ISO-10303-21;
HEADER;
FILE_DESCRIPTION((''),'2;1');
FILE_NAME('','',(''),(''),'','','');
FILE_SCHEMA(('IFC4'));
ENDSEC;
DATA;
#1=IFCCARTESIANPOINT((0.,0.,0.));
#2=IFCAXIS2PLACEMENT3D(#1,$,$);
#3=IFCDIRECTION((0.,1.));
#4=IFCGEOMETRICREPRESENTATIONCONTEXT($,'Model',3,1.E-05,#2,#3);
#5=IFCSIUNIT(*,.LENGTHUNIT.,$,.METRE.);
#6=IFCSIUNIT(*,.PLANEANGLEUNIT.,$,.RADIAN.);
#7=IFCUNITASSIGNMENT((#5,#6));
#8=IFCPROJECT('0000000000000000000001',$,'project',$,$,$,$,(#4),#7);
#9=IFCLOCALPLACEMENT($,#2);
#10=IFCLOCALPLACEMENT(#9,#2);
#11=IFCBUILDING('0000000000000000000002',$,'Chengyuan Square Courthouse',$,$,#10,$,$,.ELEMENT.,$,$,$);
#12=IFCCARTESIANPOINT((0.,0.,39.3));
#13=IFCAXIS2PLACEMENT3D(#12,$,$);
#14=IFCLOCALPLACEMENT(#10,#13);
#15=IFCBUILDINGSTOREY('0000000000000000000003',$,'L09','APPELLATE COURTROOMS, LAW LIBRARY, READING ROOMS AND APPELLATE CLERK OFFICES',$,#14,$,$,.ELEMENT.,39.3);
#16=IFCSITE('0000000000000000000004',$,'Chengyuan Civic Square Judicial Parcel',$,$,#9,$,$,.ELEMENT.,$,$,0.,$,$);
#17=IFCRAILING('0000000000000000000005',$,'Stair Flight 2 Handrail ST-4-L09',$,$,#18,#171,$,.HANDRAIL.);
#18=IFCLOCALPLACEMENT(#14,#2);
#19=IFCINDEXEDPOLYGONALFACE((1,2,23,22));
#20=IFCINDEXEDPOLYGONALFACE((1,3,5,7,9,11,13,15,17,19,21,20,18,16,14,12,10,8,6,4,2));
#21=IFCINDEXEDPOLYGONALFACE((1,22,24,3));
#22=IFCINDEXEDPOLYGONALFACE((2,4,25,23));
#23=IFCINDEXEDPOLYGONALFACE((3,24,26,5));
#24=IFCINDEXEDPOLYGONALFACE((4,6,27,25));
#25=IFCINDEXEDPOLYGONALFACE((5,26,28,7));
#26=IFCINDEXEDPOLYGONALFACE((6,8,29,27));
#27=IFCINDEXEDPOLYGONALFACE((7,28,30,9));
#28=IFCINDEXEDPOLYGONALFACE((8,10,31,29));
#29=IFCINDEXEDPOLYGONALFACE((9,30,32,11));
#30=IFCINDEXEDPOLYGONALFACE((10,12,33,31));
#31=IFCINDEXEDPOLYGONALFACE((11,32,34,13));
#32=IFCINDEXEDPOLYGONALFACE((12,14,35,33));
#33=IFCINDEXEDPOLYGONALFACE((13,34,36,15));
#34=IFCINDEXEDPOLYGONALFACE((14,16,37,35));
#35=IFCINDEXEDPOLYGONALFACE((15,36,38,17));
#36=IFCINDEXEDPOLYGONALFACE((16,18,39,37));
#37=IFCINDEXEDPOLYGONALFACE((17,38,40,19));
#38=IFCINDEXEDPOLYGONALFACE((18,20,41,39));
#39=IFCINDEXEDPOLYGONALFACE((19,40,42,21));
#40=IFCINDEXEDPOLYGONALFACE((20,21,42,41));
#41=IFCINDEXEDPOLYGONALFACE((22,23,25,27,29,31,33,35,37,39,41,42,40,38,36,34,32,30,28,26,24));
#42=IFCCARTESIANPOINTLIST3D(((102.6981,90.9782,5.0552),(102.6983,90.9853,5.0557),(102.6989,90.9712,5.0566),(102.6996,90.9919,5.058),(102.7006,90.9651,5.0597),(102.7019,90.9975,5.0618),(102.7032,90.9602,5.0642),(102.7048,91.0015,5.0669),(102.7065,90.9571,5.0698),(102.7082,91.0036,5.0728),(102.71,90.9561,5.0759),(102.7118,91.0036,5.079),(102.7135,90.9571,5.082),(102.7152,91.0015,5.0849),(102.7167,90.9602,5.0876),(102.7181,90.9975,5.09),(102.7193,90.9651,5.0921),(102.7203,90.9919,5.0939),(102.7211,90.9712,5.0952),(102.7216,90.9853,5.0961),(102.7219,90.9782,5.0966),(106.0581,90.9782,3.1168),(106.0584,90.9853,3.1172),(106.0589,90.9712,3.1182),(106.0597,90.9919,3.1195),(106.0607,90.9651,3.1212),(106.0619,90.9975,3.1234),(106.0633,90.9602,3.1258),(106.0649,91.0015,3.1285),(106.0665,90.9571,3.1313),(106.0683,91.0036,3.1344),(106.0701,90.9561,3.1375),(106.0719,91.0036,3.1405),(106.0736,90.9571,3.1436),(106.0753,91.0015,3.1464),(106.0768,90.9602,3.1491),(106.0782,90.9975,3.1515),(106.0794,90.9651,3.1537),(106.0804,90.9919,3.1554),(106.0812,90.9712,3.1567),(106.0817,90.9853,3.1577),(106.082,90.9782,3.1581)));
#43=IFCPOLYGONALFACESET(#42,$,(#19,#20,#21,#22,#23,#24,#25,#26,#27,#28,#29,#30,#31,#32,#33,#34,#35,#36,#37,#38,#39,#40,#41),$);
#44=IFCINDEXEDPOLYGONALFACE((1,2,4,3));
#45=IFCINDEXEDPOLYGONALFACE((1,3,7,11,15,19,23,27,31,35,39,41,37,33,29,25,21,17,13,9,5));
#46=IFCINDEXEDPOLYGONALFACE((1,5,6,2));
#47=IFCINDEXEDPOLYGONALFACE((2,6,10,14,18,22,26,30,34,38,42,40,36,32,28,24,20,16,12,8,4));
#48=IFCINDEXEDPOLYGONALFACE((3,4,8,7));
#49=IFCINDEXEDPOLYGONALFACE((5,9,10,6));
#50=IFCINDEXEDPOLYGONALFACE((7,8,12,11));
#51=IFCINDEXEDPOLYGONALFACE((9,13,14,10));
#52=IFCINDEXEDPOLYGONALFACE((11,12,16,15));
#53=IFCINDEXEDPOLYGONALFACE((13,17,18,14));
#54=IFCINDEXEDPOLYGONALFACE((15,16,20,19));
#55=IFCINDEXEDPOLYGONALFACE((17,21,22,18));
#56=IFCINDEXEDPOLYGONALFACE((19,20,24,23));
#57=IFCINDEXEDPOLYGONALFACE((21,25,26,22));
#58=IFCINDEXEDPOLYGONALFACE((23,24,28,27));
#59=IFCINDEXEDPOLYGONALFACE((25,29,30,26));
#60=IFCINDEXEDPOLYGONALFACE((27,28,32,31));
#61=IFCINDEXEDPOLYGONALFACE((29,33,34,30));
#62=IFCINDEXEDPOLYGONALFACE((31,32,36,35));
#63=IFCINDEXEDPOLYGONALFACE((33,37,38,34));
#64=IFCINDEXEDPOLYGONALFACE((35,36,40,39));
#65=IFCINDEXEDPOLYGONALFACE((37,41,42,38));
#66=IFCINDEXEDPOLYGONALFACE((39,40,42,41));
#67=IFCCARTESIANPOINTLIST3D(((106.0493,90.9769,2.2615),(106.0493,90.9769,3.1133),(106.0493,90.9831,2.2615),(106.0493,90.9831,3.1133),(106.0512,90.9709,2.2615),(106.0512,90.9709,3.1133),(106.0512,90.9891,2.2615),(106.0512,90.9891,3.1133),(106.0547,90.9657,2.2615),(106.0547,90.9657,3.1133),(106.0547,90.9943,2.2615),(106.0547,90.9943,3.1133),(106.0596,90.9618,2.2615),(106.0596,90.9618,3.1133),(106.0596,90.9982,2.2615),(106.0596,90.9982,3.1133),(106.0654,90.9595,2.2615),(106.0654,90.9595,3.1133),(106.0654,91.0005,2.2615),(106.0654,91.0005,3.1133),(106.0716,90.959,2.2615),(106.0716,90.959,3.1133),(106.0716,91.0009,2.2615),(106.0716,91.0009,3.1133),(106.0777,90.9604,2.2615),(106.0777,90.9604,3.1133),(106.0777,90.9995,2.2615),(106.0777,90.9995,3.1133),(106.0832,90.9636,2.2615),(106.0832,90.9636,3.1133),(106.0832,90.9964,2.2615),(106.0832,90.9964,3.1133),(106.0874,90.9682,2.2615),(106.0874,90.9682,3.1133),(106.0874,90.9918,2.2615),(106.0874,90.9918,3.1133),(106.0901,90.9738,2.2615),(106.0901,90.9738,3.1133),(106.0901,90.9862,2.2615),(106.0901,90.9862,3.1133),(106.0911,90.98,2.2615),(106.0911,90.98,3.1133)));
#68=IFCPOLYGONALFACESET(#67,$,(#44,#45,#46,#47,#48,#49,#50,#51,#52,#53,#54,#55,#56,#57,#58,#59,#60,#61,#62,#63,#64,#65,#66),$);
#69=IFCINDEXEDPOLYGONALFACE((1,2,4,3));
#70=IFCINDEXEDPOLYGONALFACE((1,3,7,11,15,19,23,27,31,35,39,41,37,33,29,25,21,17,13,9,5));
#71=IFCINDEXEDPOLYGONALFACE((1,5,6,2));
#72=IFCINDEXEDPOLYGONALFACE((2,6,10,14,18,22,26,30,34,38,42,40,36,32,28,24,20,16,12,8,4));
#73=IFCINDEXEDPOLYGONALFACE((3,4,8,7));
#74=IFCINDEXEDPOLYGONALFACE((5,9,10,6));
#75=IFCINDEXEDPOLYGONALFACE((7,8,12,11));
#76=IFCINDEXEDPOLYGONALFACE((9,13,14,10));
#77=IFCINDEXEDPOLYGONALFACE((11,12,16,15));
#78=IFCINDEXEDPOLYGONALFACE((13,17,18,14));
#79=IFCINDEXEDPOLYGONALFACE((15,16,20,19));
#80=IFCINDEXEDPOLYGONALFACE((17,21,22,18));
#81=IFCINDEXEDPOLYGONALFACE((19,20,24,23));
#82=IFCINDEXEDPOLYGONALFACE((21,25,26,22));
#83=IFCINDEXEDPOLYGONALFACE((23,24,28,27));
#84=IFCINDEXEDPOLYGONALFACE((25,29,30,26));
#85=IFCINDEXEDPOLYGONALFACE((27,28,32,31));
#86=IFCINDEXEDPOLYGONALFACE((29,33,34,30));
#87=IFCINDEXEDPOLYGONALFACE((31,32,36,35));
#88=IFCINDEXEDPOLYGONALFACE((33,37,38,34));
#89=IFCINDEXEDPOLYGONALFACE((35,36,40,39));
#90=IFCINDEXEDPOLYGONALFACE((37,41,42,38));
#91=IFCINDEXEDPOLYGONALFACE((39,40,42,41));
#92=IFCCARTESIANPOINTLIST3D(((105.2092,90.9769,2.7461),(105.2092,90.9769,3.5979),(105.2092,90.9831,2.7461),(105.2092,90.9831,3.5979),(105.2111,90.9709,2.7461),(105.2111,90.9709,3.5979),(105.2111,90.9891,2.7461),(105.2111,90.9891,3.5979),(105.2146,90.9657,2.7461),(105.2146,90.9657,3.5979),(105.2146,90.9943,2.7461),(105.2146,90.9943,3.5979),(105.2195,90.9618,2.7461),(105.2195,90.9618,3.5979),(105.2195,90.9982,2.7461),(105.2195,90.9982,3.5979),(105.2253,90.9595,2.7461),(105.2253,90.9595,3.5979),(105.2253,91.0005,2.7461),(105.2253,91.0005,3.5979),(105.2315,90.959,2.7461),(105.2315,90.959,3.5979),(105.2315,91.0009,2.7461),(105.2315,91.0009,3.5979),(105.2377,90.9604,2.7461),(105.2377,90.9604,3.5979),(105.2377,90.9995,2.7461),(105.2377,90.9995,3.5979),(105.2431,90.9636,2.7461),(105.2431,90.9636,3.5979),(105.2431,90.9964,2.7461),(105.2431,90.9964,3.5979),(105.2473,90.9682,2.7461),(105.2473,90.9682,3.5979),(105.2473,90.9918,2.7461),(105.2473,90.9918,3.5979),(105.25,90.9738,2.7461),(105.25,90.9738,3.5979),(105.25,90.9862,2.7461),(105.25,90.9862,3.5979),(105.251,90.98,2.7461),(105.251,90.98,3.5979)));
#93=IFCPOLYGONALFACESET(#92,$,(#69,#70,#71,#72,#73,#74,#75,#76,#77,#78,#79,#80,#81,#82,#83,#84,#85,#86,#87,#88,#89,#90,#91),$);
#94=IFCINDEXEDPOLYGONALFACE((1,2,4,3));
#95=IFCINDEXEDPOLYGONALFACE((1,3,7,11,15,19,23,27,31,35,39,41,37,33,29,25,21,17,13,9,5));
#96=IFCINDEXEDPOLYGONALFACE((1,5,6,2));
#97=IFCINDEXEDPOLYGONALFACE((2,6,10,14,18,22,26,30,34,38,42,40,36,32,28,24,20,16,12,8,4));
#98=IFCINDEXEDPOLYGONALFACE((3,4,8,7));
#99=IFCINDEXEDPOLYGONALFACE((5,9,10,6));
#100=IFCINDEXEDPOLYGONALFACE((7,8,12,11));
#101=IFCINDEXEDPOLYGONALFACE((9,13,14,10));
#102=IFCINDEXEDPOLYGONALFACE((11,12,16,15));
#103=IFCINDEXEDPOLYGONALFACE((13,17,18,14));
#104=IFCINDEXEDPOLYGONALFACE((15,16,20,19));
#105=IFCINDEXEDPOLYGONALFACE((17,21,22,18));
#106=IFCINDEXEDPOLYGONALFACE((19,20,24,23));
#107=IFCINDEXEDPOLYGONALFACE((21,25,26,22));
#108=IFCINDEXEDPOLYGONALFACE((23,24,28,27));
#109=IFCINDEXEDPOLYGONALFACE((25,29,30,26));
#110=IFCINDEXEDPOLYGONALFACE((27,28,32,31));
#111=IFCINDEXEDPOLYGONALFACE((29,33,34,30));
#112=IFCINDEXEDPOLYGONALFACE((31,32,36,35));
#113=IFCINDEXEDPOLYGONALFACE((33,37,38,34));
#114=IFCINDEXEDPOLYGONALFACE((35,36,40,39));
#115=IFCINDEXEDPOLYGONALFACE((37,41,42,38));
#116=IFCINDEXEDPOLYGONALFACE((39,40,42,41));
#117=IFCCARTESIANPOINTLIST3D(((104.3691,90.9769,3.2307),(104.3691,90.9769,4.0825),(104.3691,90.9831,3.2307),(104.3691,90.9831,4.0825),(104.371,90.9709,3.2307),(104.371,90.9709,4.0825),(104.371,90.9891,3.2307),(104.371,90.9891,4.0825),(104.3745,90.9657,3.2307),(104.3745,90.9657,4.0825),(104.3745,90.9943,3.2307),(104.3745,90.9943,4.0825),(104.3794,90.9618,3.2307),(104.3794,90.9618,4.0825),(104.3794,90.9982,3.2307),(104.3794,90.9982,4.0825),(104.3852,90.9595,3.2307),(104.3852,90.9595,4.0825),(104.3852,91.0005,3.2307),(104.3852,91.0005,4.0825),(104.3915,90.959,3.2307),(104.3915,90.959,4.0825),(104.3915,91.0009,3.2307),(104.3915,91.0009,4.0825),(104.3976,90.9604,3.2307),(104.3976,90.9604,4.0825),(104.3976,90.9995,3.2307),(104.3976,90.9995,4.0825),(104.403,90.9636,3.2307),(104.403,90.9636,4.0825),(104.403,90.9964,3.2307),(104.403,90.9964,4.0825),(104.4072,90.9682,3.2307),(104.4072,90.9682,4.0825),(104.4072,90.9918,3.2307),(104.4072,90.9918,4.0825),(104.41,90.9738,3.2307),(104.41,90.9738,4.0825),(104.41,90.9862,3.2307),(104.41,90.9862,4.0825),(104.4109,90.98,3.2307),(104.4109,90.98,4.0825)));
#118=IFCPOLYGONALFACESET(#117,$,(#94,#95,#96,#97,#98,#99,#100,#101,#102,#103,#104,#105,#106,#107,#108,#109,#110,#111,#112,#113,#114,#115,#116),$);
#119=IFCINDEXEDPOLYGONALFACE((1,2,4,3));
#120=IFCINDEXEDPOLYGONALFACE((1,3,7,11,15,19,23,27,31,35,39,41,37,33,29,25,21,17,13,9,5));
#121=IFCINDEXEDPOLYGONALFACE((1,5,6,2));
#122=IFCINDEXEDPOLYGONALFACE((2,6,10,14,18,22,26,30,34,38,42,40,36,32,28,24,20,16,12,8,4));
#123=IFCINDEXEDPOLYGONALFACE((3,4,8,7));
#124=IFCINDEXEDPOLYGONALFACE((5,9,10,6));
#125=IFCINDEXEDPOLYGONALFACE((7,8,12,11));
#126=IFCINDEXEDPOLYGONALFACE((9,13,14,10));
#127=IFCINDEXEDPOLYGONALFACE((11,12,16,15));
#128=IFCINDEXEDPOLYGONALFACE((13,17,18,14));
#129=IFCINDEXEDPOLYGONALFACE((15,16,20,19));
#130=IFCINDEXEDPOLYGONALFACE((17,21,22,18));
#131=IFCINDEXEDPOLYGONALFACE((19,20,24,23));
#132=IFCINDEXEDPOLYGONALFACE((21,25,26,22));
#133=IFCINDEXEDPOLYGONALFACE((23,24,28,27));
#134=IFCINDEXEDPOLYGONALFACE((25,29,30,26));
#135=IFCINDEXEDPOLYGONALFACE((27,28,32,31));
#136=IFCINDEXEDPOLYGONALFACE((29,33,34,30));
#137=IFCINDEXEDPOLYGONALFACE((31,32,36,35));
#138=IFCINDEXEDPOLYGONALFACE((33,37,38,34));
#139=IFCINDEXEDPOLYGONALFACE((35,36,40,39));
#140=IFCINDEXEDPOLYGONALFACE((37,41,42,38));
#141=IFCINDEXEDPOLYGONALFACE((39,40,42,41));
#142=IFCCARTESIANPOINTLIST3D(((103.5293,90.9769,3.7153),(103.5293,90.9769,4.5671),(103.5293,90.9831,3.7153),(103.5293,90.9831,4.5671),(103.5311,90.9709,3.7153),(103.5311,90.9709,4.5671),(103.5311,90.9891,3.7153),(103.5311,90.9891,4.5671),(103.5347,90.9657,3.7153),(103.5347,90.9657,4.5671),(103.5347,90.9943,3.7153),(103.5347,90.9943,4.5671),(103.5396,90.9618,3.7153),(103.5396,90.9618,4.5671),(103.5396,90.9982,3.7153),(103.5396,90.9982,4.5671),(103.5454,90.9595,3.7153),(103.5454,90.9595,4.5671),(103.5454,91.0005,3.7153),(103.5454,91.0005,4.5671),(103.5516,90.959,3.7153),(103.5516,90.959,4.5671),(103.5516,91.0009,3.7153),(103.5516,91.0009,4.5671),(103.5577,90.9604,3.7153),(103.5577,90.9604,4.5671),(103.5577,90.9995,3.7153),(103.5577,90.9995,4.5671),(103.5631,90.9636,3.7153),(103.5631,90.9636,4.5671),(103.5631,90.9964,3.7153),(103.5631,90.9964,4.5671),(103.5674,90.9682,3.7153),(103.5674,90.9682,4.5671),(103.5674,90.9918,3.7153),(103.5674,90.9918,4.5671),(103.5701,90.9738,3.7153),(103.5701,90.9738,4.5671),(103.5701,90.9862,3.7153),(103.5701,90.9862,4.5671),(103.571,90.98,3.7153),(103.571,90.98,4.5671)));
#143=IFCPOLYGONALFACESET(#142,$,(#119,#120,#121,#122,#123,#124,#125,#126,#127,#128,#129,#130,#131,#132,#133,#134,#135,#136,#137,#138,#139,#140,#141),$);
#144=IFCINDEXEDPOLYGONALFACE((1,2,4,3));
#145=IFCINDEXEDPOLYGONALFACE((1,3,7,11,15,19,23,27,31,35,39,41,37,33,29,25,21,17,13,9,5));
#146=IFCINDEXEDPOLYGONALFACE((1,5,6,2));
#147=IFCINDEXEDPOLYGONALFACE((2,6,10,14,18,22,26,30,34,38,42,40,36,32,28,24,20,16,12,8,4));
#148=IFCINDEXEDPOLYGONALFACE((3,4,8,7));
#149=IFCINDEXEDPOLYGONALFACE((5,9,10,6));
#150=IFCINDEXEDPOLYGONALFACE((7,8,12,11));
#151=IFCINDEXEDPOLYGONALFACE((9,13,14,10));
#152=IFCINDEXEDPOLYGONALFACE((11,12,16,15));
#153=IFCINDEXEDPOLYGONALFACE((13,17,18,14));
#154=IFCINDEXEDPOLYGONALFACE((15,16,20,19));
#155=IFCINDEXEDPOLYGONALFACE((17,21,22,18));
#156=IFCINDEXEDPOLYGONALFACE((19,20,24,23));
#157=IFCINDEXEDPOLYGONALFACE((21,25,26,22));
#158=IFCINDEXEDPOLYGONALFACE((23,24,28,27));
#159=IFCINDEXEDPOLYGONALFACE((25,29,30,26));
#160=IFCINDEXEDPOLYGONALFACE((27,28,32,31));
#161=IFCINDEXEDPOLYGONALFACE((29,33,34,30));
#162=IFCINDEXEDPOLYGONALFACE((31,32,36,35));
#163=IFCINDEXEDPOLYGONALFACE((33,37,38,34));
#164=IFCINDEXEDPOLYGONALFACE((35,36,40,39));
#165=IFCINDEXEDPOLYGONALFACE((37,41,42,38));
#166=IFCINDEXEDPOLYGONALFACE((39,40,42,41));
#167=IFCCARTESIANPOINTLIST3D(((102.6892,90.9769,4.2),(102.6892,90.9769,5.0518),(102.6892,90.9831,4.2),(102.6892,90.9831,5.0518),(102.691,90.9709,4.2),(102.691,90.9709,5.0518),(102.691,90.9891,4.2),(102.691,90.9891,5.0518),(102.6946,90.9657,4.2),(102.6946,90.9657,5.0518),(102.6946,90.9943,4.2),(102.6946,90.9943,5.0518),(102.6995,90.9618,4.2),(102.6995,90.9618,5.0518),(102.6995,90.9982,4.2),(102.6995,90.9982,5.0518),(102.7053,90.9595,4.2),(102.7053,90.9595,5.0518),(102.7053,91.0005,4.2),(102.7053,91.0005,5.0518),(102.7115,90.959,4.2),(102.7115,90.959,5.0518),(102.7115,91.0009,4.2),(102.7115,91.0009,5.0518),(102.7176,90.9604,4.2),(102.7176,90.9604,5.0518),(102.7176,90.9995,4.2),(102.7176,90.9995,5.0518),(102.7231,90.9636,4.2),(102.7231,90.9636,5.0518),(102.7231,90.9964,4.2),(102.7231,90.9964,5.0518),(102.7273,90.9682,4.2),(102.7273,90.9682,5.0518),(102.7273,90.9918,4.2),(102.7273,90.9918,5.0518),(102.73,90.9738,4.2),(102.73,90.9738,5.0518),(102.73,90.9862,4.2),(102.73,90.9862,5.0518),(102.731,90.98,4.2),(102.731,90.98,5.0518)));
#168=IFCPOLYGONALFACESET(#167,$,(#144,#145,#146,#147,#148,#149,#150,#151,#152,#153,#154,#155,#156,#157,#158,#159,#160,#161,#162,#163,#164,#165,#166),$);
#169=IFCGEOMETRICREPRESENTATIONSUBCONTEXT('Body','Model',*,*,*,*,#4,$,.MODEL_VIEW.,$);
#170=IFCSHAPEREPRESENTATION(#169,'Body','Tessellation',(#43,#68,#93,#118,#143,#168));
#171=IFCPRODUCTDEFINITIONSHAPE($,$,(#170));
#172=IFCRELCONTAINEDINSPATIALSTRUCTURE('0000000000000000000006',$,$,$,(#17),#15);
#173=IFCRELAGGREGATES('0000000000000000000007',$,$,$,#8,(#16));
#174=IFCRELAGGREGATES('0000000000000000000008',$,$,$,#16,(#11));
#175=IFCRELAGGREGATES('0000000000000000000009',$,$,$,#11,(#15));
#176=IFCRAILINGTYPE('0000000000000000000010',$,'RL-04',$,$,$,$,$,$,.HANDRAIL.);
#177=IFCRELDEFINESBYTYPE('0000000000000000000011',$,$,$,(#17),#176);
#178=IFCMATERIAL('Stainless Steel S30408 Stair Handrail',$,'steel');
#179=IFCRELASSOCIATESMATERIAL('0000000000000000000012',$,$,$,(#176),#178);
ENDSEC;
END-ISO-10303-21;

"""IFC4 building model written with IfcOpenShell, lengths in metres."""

from ifc_helpers import new_model, si_unit, direction, frame, origin, origin_2d, place, context, subcontext, project, spatial, circle, extrude, material, type_object, element, save


model = new_model("IFC4")

# Units and contexts
model_context = context("Model", 3, precision=1e-05, world=origin(), true_north=direction((0.0, 1.0)))
body_context = subcontext(model_context, "Body", "Model", "MODEL_VIEW")
ifc_project = project(units=[si_unit("LENGTHUNIT", "METRE"), si_unit("PLANEANGLEUNIT", "RADIAN")], contexts=[model_context])

# Site, building, storey
site_placement = place(None, origin())
site = spatial("IfcSite", under=ifc_project, at=site_placement, Name="Chengyuan Civic Square Judicial Parcel", CompositionType="ELEMENT", RefElevation=0.0)
building_placement = place(site_placement, origin())
building = spatial("IfcBuilding", under=site, at=building_placement, Name="Chengyuan Square Courthouse", CompositionType="ELEMENT")
storey_placement = place(building_placement, frame((0.0, 0.0, 39.3)))
storey = spatial("IfcBuildingStorey", under=building, at=storey_placement, Name="L09", Description="APPELLATE COURTROOMS, LAW LIBRARY, READING ROOMS AND APPELLATE CLERK OFFICES", CompositionType="ELEMENT", Elevation=39.3)

# Railing
ifc_material_1 = material(Name="Stainless Steel S30408 Stair Handrail", Category="steel")
railing_type_1 = type_object("IfcRailingType", Name="RL-04", PredefinedType="HANDRAIL", material=ifc_material_1)
railing_1_placement = place(storey_placement, frame((106.0701, 90.98, 2.2615)))
element("IfcRailing", 1, at=railing_1_placement, inside=storey, type_object=railing_type_1, Name="Stair Flight 2 Handrail ST-4-L09", PredefinedType="HANDRAIL", context=body_context, shape_type="SweptSolid", body=[
    extrude(circle(Radius=0.0239, at=origin_2d()), frame((0.0, 0.0, 0.876), z_axis=(-0.866191, 0.0, 0.499713), x_axis=(0.0, -1.0, 0.0)), (0.0, 0.0, 1.0), 3.8792),
    extrude(circle(Radius=0.021, at=origin_2d()), origin(), (0.0, 0.0, 1.0), 0.8518),
    extrude(circle(Radius=0.021, at=origin_2d()), frame((-0.8401, 0.0, 0.4846)), (0.0, 0.0, 1.0), 0.8518),
    extrude(circle(Radius=0.021, at=origin_2d()), frame((-1.6802, 0.0, 0.9692)), (0.0, 0.0, 1.0), 0.8518),
    extrude(circle(Radius=0.021, at=origin_2d()), frame((-2.52, 0.0, 1.4539)), (0.0, 0.0, 1.0), 0.8518),
    extrude(circle(Radius=0.021, at=origin_2d()), frame((-3.3601, 0.0, 1.9385)), (0.0, 0.0, 1.0), 0.8518),
])

save(model, "model.ifc")
